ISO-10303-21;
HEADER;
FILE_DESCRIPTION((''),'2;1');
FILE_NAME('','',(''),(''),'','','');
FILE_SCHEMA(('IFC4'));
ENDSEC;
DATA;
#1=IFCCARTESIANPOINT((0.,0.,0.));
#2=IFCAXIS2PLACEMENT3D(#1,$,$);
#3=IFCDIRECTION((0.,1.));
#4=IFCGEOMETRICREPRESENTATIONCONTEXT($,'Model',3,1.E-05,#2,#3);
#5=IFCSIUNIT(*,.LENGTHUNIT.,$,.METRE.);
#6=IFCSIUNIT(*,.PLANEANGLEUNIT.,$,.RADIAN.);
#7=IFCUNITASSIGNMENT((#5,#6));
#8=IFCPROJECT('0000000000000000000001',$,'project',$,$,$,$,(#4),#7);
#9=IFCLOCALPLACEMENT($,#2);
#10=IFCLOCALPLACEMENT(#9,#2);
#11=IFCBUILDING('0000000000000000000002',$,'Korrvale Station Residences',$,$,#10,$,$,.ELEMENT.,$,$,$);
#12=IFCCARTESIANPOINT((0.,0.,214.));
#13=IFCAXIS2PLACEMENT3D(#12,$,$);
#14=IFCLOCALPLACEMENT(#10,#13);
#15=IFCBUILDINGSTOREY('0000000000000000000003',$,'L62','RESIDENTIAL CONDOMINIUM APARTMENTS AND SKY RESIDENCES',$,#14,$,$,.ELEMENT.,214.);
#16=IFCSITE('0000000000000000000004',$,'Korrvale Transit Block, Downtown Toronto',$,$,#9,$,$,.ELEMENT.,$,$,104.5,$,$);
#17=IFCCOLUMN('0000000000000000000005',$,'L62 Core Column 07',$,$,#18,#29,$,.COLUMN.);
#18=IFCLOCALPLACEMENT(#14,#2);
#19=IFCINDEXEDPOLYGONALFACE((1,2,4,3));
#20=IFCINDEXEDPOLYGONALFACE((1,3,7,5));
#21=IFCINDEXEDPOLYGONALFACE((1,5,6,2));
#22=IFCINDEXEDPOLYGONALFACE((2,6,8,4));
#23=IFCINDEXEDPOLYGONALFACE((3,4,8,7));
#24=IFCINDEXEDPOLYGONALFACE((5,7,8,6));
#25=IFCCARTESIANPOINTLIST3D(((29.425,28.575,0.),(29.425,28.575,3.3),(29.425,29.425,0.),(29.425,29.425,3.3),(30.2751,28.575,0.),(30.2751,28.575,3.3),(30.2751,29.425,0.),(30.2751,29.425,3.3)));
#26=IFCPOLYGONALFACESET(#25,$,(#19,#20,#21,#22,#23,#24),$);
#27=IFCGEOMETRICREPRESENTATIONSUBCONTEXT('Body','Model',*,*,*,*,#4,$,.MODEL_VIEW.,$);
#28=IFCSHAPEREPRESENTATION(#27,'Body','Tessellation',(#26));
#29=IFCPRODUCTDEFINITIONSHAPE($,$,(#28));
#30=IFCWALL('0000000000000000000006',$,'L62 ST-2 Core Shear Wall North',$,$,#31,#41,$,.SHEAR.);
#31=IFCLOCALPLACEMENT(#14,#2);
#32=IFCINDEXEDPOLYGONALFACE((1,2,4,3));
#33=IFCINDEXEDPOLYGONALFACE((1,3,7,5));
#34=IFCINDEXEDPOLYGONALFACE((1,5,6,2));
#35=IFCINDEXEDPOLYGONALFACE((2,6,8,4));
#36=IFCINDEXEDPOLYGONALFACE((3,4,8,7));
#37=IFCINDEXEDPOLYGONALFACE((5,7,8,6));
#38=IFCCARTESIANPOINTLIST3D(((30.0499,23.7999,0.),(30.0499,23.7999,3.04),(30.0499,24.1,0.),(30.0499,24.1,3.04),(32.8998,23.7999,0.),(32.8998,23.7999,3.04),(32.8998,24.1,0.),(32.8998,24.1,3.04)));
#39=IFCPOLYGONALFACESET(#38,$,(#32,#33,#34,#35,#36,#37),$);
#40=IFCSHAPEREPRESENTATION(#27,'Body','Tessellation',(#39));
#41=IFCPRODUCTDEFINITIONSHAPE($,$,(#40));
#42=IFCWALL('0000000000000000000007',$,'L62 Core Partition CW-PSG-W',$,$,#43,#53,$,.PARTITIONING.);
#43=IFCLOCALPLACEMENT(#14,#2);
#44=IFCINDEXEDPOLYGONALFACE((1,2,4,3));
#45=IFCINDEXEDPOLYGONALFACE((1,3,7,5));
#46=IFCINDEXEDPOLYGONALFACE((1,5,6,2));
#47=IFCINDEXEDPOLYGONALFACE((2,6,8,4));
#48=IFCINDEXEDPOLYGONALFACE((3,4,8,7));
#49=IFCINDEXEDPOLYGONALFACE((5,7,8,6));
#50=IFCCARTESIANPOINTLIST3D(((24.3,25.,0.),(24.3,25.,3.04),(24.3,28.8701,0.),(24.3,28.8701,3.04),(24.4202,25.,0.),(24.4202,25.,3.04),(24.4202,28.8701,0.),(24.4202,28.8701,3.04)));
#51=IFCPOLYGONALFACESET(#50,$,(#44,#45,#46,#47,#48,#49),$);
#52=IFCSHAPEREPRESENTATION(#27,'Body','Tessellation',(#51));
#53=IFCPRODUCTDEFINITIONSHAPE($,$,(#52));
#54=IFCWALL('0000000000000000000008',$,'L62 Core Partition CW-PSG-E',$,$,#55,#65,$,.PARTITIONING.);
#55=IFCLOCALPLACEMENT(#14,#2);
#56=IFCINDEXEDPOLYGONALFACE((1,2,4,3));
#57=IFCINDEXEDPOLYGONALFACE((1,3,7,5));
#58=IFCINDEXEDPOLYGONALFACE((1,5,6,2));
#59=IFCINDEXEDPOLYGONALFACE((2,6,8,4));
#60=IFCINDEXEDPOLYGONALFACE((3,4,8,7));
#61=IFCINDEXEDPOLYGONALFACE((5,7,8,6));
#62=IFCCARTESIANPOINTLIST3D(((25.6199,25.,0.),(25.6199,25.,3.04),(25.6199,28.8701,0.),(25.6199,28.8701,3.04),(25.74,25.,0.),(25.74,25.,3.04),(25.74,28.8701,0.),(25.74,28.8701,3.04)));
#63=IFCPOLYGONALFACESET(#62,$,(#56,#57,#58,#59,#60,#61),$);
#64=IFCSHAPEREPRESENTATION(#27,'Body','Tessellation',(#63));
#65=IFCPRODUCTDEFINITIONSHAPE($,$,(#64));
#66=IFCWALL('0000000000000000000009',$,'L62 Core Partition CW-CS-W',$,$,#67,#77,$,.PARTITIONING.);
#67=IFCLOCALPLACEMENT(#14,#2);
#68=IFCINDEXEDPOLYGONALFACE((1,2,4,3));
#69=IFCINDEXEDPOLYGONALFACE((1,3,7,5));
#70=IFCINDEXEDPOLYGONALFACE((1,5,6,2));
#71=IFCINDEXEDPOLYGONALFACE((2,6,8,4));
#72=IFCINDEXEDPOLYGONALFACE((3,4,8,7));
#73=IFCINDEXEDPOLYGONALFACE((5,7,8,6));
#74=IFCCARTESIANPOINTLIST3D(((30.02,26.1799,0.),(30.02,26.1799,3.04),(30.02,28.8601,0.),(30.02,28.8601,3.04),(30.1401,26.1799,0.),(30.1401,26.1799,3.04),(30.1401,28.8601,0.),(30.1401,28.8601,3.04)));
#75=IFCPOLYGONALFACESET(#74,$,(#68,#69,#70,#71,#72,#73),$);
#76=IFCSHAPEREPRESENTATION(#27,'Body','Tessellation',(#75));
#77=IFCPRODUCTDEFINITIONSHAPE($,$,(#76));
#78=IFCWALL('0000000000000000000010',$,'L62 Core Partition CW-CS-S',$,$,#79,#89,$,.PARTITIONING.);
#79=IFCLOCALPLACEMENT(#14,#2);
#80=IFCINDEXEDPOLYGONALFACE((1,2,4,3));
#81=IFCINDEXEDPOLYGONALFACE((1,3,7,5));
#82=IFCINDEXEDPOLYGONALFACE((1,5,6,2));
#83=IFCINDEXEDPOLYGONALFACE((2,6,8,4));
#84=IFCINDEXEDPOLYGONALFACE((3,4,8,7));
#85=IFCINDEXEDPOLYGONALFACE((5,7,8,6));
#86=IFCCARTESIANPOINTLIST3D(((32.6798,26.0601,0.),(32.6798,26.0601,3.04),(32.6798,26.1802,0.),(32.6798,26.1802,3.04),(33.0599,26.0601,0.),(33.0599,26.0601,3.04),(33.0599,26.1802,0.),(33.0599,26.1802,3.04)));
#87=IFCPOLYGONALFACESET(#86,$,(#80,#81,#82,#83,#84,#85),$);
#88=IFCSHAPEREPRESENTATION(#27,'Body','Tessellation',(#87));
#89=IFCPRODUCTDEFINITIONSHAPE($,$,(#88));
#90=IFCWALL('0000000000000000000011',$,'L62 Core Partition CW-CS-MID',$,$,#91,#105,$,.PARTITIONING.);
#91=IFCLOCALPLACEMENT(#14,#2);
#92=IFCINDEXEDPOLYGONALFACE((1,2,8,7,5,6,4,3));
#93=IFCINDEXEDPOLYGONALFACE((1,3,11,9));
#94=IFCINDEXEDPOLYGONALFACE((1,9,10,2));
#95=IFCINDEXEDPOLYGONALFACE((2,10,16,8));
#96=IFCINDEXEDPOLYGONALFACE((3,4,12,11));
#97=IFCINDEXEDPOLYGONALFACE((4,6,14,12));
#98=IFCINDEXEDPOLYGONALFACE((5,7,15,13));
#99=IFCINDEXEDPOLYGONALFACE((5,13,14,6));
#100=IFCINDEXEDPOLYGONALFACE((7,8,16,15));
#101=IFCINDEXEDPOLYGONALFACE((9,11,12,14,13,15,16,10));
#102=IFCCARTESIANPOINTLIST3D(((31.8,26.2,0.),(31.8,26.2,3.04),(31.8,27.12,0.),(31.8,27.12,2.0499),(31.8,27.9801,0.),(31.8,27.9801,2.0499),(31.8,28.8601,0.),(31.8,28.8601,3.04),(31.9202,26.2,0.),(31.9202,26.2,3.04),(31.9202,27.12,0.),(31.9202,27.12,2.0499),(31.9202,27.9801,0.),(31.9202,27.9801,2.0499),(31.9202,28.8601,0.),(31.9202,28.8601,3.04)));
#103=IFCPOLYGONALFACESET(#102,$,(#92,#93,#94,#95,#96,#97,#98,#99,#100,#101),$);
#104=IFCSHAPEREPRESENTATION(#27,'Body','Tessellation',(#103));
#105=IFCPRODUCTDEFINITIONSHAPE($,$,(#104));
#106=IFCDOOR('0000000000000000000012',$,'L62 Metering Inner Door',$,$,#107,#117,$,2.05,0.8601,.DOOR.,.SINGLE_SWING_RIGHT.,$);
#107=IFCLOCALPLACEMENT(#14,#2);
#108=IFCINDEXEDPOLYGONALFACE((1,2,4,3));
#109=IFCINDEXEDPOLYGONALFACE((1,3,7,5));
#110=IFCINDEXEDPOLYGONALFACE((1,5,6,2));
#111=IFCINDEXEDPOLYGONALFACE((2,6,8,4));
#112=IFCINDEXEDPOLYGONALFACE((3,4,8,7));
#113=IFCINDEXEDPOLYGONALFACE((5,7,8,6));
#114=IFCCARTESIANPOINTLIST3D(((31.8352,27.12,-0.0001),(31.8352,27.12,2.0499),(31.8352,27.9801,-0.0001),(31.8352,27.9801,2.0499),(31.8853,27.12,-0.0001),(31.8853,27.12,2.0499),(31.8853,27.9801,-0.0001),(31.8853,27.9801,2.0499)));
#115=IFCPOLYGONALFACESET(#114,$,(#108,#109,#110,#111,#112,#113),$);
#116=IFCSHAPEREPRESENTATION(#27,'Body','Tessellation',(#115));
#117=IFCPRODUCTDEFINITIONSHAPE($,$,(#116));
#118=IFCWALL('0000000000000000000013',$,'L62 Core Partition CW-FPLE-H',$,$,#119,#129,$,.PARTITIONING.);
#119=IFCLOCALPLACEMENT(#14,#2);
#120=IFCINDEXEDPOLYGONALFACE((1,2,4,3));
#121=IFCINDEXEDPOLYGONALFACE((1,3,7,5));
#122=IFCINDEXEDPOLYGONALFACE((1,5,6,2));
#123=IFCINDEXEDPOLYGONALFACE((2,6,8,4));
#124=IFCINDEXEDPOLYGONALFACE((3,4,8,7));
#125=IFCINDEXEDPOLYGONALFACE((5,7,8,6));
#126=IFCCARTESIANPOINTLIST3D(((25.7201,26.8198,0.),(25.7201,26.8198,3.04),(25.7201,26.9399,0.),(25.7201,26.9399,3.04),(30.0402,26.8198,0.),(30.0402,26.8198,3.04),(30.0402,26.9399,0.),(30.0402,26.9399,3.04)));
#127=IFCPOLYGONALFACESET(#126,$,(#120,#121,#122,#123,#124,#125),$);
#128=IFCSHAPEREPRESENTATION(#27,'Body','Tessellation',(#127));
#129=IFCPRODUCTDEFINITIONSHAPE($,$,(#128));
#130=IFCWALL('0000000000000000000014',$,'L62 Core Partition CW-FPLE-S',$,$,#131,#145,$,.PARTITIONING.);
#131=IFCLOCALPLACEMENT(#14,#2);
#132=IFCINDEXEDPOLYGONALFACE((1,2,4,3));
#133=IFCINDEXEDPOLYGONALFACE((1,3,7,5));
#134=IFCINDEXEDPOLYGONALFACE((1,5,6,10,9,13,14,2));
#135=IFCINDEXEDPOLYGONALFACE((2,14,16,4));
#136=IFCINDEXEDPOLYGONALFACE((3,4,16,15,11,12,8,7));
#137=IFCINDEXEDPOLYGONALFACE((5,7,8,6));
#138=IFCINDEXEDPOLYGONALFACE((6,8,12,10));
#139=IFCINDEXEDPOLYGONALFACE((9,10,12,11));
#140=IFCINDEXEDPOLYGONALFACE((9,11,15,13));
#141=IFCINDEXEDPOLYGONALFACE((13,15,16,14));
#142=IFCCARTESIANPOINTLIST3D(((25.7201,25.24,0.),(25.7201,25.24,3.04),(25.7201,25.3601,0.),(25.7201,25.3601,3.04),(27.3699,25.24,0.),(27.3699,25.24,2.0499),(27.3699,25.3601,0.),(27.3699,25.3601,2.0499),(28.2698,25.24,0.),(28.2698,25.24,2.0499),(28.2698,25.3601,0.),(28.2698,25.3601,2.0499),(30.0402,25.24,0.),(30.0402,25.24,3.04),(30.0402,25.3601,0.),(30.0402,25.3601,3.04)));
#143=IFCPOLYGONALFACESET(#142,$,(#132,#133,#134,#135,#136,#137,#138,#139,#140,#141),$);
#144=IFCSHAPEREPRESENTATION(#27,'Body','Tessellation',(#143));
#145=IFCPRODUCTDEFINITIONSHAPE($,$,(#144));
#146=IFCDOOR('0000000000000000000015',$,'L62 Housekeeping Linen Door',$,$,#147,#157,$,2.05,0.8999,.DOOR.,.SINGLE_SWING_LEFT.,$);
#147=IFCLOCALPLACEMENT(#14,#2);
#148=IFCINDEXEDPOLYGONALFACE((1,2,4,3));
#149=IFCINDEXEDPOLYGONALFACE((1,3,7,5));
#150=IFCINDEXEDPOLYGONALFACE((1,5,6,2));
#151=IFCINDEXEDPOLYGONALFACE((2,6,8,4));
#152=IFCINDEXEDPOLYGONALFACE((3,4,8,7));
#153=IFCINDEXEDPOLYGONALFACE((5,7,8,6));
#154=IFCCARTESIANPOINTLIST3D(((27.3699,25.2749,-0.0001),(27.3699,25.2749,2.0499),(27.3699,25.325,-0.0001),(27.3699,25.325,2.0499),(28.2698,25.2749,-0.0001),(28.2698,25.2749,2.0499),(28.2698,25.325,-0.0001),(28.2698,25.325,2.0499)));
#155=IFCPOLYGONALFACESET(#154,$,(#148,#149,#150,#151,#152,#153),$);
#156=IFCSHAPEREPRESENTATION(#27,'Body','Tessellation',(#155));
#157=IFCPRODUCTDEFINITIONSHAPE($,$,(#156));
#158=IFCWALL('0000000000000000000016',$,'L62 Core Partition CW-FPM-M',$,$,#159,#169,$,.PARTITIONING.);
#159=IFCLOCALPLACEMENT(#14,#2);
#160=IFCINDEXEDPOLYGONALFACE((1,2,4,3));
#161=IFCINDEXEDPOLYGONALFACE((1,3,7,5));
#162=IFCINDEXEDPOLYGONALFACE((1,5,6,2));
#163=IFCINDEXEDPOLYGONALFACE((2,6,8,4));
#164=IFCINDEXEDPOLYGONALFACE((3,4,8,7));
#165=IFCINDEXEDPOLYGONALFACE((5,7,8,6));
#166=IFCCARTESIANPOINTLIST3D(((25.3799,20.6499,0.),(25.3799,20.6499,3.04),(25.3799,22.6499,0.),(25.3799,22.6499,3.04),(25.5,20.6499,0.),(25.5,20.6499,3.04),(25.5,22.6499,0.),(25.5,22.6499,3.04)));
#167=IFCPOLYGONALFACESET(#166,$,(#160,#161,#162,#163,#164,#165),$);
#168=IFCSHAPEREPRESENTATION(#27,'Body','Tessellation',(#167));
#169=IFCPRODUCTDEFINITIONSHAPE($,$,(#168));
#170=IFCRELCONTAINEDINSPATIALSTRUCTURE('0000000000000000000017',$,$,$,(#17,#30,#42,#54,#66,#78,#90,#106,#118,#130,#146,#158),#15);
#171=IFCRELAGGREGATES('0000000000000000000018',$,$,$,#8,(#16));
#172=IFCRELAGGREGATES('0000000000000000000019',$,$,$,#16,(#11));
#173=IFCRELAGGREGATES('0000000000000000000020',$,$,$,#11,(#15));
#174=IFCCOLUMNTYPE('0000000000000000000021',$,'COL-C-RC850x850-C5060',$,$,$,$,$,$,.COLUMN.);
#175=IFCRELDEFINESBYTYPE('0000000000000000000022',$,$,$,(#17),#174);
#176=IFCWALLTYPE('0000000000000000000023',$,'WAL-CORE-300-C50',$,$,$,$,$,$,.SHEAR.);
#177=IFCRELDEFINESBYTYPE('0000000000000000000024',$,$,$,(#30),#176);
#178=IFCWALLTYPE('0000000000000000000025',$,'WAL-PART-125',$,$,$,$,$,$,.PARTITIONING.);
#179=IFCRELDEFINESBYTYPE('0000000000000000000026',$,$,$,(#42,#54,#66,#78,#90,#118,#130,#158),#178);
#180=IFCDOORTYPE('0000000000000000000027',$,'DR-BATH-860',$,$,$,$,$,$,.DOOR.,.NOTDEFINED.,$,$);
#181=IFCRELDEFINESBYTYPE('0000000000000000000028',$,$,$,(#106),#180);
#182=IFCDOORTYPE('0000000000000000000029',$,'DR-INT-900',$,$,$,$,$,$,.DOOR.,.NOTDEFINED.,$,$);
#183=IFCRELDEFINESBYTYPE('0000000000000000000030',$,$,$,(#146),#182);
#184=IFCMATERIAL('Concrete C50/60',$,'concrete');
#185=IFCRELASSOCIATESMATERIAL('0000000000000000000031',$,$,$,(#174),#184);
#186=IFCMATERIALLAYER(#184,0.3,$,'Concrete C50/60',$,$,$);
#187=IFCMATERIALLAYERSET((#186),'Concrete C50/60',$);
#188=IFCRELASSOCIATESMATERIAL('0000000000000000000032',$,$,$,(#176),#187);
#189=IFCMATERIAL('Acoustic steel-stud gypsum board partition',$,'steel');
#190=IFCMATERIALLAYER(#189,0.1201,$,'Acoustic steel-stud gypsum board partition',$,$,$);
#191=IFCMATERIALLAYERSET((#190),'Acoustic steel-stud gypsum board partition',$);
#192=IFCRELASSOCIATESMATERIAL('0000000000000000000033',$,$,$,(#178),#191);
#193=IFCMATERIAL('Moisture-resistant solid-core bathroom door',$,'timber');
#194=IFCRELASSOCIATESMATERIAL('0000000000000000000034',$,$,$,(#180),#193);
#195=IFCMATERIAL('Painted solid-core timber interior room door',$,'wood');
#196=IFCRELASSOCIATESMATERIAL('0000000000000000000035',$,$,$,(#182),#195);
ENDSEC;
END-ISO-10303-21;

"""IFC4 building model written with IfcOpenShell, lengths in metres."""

from ifc_helpers import new_model, si_unit, direction, frame, frame_2d, origin, origin_2d, place, context, subcontext, project, spatial, rectangle, extrude, material, layer, layer_set, material_profile, profile_set, type_object, element, fill, save


model = new_model("IFC4")

# Units and contexts
model_context = context("Model", 3, precision=1e-05, world=origin(), true_north=direction((0.0, 1.0)))
body_context = subcontext(model_context, "Body", "Model", "MODEL_VIEW")
ifc_project = project(units=[si_unit("LENGTHUNIT", "METRE"), si_unit("PLANEANGLEUNIT", "RADIAN")], contexts=[model_context])

# Site, building, storey
site_placement = place(None, origin())
site = spatial("IfcSite", under=ifc_project, at=site_placement, Name="Korrvale Transit Block, Downtown Toronto", CompositionType="ELEMENT", RefElevation=104.5)
building_placement = place(site_placement, origin())
building = spatial("IfcBuilding", under=site, at=building_placement, Name="Korrvale Station Residences", CompositionType="ELEMENT")
storey_placement = place(building_placement, frame((0.0, 0.0, 214.0)))
storey = spatial("IfcBuildingStorey", under=building, at=storey_placement, Name="L62", Description="RESIDENTIAL CONDOMINIUM APARTMENTS AND SKY RESIDENCES", CompositionType="ELEMENT", Elevation=214.0)

# Column
ifc_material_1 = material(Name="Concrete C50/60", Category="concrete")
ifc_material_profile = material_profile(ifc_material_1, rectangle(XDim=0.8501, YDim=0.8501, at=origin_2d()), Name="RC850x850")
ifc_profile_set = profile_set([ifc_material_profile], Name="Concrete C50/60")
column_type = type_object("IfcColumnType", Name="COL-C-RC850x850-C5060", PredefinedType="COLUMN", material=ifc_profile_set)
column_placement = place(storey_placement, frame((29.8501, 29.0, 0.0), z_axis=(0.0, 0.0, 1.0), x_axis=(1.0, 0.0, 0.0)))
element("IfcColumn", 1, at=column_placement, inside=storey, type_object=column_type, Name="L62 Core Column 07", PredefinedType="COLUMN", context=body_context, shape_type="SweptSolid", body=[
    extrude(rectangle(XDim=0.8501, YDim=0.8501, at=origin_2d()), origin(), (0.0, 0.0, 1.0), 3.3),
])

# Walls
ifc_layer_1 = layer(ifc_material_1, 0.3, Name="Concrete C50/60")
ifc_layer_set_1 = layer_set([ifc_layer_1], Name="Concrete C50/60")
wall_type_1 = type_object("IfcWallType", Name="WAL-CORE-300-C50", PredefinedType="SHEAR", material=ifc_layer_set_1)
wall_1_placement = place(storey_placement, frame((30.05, 23.95, 0.0), z_axis=(0.0, 0.0, 1.0), x_axis=(1.0, 0.0, 0.0)))
element("IfcWall", 2, at=wall_1_placement, inside=storey, type_object=wall_type_1, Name="L62 ST-2 Core Shear Wall North", PredefinedType="SHEAR", context=body_context, shape_type="SweptSolid", body=[
    extrude(rectangle(XDim=2.8499, YDim=0.3, at=frame_2d((1.4248, 0.0))), origin(), (0.0, 0.0, 1.0), 3.04),
])
ifc_material_2 = material(Name="Acoustic steel-stud gypsum board partition", Category="steel")
ifc_layer_2 = layer(ifc_material_2, 0.1201, Name="Acoustic steel-stud gypsum board partition")
ifc_layer_set_2 = layer_set([ifc_layer_2], Name="Acoustic steel-stud gypsum board partition")
wall_type_2 = type_object("IfcWallType", Name="WAL-PART-125", PredefinedType="PARTITIONING", material=ifc_layer_set_2)
for number, where, z_axis, x_axis, name in (
    (3, (24.3601, 25.0, 0.0), (0.0, 0.0, 1.0), (0.0, 1.0, 0.0), "L62 Core Partition CW-PSG-W"),
    (4, (25.6799, 25.0, 0.0), (0.0, 0.0, 1.0), (0.0, 1.0, 0.0), "L62 Core Partition CW-PSG-E"),
):
    element("IfcWall", number, at=place(storey_placement, frame(where, z_axis=z_axis, x_axis=x_axis)), inside=storey, type_object=wall_type_2, Name=name, PredefinedType="PARTITIONING", context=body_context, shape_type="SweptSolid", body=[
        extrude(rectangle(XDim=3.8701, YDim=0.1201, at=frame_2d((1.9351, 0.0))), origin(), (0.0, 0.0, 1.0), 3.04),
    ])
wall_2_placement = place(storey_placement, frame((30.0801, 26.1799, 0.0), z_axis=(0.0, 0.0, 1.0), x_axis=(0.0, 1.0, 0.0)))
element("IfcWall", 5, at=wall_2_placement, inside=storey, type_object=wall_type_2, Name="L62 Core Partition CW-CS-W", PredefinedType="PARTITIONING", context=body_context, shape_type="SweptSolid", body=[
    extrude(rectangle(XDim=2.6802, YDim=0.1201, at=frame_2d((1.3401, 0.0))), origin(), (0.0, 0.0, 1.0), 3.04),
])
wall_3_placement = place(storey_placement, frame((32.6799, 26.1201, 0.0), z_axis=(0.0, 0.0, 1.0), x_axis=(1.0, 0.0, 0.0)))
element("IfcWall", 6, at=wall_3_placement, inside=storey, type_object=wall_type_2, Name="L62 Core Partition CW-CS-S", PredefinedType="PARTITIONING", context=body_context, shape_type="SweptSolid", body=[
    extrude(rectangle(XDim=0.3801, YDim=0.1201, at=frame_2d((0.1899, 0.0))), origin(), (0.0, 0.0, 1.0), 3.04),
])

# Wall, opening, door
wall_4_placement = place(storey_placement, frame((31.8601, 26.2, 0.0), z_axis=(0.0, 0.0, 1.0), x_axis=(0.0, 1.0, 0.0)))
wall_4 = element("IfcWall", 7, at=wall_4_placement, inside=storey, type_object=wall_type_2, Name="L62 Core Partition CW-CS-MID", PredefinedType="PARTITIONING", context=body_context, shape_type="SweptSolid", body=[
    extrude(rectangle(XDim=2.6602, YDim=0.1201, at=frame_2d((1.3301, 0.0))), origin(), (0.0, 0.0, 1.0), 3.04),
])
opening_1_placement = place(wall_4_placement, frame((0.9199, 0.0, 0.0)))
opening_1 = element("IfcOpeningElement", 8, at=opening_1_placement, cuts=wall_4, PredefinedType="OPENING", context=body_context, shape_type="SweptSolid", body=[
    extrude(rectangle(XDim=0.8601, YDim=2.05, at=frame_2d((0.4302, 1.0249))), frame((0.0, 0.0701, 0.0), z_axis=(0.0, -1.0, 0.0), x_axis=(1.0, 0.0, 0.0)), (0.0, 0.0, 1.0), 0.1401),
])
ifc_material_3 = material(Name="Moisture-resistant solid-core bathroom door", Category="timber")
door_type_1 = type_object("IfcDoorType", Name="DR-BATH-860", OperationType="NOTDEFINED", PredefinedType="DOOR", material=ifc_material_3)
door_1_placement = place(opening_1_placement, origin())
door_1 = element("IfcDoor", 9, at=door_1_placement, inside=storey, type_object=door_type_1, Name="L62 Metering Inner Door", OperationType="SINGLE_SWING_RIGHT", OverallHeight=2.05, OverallWidth=0.8601, PredefinedType="DOOR", context=body_context, shape_type="SweptSolid", body=[
    extrude(rectangle(XDim=0.8601, YDim=2.05, at=frame_2d((0.4302, 1.0249))), frame((0.0, 0.0249, 0.0), z_axis=(0.0, -1.0, 0.0), x_axis=(1.0, 0.0, 0.0)), (0.0, 0.0, 1.0), 0.05),
])
fill(opening_1, door_1)

# Wall
wall_5_placement = place(storey_placement, frame((25.72, 26.8799, 0.0), z_axis=(0.0, 0.0, 1.0), x_axis=(1.0, 0.0, 0.0)))
element("IfcWall", 10, at=wall_5_placement, inside=storey, type_object=wall_type_2, Name="L62 Core Partition CW-FPLE-H", PredefinedType="PARTITIONING", context=body_context, shape_type="SweptSolid", body=[
    extrude(rectangle(XDim=4.3201, YDim=0.1201, at=frame_2d((2.1602, 0.0))), origin(), (0.0, 0.0, 1.0), 3.04),
])

# Wall, opening, door
wall_6_placement = place(storey_placement, frame((25.72, 25.3, 0.0), z_axis=(0.0, 0.0, 1.0), x_axis=(1.0, 0.0, 0.0)))
wall_6 = element("IfcWall", 11, at=wall_6_placement, inside=storey, type_object=wall_type_2, Name="L62 Core Partition CW-FPLE-S", PredefinedType="PARTITIONING", context=body_context, shape_type="SweptSolid", body=[
    extrude(rectangle(XDim=4.3201, YDim=0.1201, at=frame_2d((2.1602, 0.0))), origin(), (0.0, 0.0, 1.0), 3.04),
])
opening_2_placement = place(wall_6_placement, frame((1.6499, 0.0, 0.0)))
opening_2 = element("IfcOpeningElement", 12, at=opening_2_placement, cuts=wall_6, PredefinedType="OPENING", context=body_context, shape_type="SweptSolid", body=[
    extrude(rectangle(XDim=0.8999, YDim=2.05, at=frame_2d((0.45, 1.0249))), frame((0.0, 0.0701, 0.0), z_axis=(0.0, -1.0, 0.0), x_axis=(1.0, 0.0, 0.0)), (0.0, 0.0, 1.0), 0.1401),
])
ifc_material_4 = material(Name="Painted solid-core timber interior room door", Category="wood")
door_type_2 = type_object("IfcDoorType", Name="DR-INT-900", OperationType="NOTDEFINED", PredefinedType="DOOR", material=ifc_material_4)
door_2_placement = place(opening_2_placement, origin())
door_2 = element("IfcDoor", 13, at=door_2_placement, inside=storey, type_object=door_type_2, Name="L62 Housekeeping Linen Door", OperationType="SINGLE_SWING_LEFT", OverallHeight=2.05, OverallWidth=0.8999, PredefinedType="DOOR", context=body_context, shape_type="SweptSolid", body=[
    extrude(rectangle(XDim=0.8999, YDim=2.05, at=frame_2d((0.45, 1.0249))), frame((0.0, 0.0249, 0.0), z_axis=(0.0, -1.0, 0.0), x_axis=(1.0, 0.0, 0.0)), (0.0, 0.0, 1.0), 0.05),
])
fill(opening_2, door_2)

# Wall
wall_7_placement = place(storey_placement, frame((25.4399, 20.6499, 0.0), z_axis=(0.0, 0.0, 1.0), x_axis=(0.0, 1.0, 0.0)))
element("IfcWall", 14, at=wall_7_placement, inside=storey, type_object=wall_type_2, Name="L62 Core Partition CW-FPM-M", PredefinedType="PARTITIONING", context=body_context, shape_type="SweptSolid", body=[
    extrude(rectangle(XDim=2.0, YDim=0.1201, at=frame_2d((1.0, 0.0))), origin(), (0.0, 0.0, 1.0), 3.04),
])

save(model, "model.ifc")
